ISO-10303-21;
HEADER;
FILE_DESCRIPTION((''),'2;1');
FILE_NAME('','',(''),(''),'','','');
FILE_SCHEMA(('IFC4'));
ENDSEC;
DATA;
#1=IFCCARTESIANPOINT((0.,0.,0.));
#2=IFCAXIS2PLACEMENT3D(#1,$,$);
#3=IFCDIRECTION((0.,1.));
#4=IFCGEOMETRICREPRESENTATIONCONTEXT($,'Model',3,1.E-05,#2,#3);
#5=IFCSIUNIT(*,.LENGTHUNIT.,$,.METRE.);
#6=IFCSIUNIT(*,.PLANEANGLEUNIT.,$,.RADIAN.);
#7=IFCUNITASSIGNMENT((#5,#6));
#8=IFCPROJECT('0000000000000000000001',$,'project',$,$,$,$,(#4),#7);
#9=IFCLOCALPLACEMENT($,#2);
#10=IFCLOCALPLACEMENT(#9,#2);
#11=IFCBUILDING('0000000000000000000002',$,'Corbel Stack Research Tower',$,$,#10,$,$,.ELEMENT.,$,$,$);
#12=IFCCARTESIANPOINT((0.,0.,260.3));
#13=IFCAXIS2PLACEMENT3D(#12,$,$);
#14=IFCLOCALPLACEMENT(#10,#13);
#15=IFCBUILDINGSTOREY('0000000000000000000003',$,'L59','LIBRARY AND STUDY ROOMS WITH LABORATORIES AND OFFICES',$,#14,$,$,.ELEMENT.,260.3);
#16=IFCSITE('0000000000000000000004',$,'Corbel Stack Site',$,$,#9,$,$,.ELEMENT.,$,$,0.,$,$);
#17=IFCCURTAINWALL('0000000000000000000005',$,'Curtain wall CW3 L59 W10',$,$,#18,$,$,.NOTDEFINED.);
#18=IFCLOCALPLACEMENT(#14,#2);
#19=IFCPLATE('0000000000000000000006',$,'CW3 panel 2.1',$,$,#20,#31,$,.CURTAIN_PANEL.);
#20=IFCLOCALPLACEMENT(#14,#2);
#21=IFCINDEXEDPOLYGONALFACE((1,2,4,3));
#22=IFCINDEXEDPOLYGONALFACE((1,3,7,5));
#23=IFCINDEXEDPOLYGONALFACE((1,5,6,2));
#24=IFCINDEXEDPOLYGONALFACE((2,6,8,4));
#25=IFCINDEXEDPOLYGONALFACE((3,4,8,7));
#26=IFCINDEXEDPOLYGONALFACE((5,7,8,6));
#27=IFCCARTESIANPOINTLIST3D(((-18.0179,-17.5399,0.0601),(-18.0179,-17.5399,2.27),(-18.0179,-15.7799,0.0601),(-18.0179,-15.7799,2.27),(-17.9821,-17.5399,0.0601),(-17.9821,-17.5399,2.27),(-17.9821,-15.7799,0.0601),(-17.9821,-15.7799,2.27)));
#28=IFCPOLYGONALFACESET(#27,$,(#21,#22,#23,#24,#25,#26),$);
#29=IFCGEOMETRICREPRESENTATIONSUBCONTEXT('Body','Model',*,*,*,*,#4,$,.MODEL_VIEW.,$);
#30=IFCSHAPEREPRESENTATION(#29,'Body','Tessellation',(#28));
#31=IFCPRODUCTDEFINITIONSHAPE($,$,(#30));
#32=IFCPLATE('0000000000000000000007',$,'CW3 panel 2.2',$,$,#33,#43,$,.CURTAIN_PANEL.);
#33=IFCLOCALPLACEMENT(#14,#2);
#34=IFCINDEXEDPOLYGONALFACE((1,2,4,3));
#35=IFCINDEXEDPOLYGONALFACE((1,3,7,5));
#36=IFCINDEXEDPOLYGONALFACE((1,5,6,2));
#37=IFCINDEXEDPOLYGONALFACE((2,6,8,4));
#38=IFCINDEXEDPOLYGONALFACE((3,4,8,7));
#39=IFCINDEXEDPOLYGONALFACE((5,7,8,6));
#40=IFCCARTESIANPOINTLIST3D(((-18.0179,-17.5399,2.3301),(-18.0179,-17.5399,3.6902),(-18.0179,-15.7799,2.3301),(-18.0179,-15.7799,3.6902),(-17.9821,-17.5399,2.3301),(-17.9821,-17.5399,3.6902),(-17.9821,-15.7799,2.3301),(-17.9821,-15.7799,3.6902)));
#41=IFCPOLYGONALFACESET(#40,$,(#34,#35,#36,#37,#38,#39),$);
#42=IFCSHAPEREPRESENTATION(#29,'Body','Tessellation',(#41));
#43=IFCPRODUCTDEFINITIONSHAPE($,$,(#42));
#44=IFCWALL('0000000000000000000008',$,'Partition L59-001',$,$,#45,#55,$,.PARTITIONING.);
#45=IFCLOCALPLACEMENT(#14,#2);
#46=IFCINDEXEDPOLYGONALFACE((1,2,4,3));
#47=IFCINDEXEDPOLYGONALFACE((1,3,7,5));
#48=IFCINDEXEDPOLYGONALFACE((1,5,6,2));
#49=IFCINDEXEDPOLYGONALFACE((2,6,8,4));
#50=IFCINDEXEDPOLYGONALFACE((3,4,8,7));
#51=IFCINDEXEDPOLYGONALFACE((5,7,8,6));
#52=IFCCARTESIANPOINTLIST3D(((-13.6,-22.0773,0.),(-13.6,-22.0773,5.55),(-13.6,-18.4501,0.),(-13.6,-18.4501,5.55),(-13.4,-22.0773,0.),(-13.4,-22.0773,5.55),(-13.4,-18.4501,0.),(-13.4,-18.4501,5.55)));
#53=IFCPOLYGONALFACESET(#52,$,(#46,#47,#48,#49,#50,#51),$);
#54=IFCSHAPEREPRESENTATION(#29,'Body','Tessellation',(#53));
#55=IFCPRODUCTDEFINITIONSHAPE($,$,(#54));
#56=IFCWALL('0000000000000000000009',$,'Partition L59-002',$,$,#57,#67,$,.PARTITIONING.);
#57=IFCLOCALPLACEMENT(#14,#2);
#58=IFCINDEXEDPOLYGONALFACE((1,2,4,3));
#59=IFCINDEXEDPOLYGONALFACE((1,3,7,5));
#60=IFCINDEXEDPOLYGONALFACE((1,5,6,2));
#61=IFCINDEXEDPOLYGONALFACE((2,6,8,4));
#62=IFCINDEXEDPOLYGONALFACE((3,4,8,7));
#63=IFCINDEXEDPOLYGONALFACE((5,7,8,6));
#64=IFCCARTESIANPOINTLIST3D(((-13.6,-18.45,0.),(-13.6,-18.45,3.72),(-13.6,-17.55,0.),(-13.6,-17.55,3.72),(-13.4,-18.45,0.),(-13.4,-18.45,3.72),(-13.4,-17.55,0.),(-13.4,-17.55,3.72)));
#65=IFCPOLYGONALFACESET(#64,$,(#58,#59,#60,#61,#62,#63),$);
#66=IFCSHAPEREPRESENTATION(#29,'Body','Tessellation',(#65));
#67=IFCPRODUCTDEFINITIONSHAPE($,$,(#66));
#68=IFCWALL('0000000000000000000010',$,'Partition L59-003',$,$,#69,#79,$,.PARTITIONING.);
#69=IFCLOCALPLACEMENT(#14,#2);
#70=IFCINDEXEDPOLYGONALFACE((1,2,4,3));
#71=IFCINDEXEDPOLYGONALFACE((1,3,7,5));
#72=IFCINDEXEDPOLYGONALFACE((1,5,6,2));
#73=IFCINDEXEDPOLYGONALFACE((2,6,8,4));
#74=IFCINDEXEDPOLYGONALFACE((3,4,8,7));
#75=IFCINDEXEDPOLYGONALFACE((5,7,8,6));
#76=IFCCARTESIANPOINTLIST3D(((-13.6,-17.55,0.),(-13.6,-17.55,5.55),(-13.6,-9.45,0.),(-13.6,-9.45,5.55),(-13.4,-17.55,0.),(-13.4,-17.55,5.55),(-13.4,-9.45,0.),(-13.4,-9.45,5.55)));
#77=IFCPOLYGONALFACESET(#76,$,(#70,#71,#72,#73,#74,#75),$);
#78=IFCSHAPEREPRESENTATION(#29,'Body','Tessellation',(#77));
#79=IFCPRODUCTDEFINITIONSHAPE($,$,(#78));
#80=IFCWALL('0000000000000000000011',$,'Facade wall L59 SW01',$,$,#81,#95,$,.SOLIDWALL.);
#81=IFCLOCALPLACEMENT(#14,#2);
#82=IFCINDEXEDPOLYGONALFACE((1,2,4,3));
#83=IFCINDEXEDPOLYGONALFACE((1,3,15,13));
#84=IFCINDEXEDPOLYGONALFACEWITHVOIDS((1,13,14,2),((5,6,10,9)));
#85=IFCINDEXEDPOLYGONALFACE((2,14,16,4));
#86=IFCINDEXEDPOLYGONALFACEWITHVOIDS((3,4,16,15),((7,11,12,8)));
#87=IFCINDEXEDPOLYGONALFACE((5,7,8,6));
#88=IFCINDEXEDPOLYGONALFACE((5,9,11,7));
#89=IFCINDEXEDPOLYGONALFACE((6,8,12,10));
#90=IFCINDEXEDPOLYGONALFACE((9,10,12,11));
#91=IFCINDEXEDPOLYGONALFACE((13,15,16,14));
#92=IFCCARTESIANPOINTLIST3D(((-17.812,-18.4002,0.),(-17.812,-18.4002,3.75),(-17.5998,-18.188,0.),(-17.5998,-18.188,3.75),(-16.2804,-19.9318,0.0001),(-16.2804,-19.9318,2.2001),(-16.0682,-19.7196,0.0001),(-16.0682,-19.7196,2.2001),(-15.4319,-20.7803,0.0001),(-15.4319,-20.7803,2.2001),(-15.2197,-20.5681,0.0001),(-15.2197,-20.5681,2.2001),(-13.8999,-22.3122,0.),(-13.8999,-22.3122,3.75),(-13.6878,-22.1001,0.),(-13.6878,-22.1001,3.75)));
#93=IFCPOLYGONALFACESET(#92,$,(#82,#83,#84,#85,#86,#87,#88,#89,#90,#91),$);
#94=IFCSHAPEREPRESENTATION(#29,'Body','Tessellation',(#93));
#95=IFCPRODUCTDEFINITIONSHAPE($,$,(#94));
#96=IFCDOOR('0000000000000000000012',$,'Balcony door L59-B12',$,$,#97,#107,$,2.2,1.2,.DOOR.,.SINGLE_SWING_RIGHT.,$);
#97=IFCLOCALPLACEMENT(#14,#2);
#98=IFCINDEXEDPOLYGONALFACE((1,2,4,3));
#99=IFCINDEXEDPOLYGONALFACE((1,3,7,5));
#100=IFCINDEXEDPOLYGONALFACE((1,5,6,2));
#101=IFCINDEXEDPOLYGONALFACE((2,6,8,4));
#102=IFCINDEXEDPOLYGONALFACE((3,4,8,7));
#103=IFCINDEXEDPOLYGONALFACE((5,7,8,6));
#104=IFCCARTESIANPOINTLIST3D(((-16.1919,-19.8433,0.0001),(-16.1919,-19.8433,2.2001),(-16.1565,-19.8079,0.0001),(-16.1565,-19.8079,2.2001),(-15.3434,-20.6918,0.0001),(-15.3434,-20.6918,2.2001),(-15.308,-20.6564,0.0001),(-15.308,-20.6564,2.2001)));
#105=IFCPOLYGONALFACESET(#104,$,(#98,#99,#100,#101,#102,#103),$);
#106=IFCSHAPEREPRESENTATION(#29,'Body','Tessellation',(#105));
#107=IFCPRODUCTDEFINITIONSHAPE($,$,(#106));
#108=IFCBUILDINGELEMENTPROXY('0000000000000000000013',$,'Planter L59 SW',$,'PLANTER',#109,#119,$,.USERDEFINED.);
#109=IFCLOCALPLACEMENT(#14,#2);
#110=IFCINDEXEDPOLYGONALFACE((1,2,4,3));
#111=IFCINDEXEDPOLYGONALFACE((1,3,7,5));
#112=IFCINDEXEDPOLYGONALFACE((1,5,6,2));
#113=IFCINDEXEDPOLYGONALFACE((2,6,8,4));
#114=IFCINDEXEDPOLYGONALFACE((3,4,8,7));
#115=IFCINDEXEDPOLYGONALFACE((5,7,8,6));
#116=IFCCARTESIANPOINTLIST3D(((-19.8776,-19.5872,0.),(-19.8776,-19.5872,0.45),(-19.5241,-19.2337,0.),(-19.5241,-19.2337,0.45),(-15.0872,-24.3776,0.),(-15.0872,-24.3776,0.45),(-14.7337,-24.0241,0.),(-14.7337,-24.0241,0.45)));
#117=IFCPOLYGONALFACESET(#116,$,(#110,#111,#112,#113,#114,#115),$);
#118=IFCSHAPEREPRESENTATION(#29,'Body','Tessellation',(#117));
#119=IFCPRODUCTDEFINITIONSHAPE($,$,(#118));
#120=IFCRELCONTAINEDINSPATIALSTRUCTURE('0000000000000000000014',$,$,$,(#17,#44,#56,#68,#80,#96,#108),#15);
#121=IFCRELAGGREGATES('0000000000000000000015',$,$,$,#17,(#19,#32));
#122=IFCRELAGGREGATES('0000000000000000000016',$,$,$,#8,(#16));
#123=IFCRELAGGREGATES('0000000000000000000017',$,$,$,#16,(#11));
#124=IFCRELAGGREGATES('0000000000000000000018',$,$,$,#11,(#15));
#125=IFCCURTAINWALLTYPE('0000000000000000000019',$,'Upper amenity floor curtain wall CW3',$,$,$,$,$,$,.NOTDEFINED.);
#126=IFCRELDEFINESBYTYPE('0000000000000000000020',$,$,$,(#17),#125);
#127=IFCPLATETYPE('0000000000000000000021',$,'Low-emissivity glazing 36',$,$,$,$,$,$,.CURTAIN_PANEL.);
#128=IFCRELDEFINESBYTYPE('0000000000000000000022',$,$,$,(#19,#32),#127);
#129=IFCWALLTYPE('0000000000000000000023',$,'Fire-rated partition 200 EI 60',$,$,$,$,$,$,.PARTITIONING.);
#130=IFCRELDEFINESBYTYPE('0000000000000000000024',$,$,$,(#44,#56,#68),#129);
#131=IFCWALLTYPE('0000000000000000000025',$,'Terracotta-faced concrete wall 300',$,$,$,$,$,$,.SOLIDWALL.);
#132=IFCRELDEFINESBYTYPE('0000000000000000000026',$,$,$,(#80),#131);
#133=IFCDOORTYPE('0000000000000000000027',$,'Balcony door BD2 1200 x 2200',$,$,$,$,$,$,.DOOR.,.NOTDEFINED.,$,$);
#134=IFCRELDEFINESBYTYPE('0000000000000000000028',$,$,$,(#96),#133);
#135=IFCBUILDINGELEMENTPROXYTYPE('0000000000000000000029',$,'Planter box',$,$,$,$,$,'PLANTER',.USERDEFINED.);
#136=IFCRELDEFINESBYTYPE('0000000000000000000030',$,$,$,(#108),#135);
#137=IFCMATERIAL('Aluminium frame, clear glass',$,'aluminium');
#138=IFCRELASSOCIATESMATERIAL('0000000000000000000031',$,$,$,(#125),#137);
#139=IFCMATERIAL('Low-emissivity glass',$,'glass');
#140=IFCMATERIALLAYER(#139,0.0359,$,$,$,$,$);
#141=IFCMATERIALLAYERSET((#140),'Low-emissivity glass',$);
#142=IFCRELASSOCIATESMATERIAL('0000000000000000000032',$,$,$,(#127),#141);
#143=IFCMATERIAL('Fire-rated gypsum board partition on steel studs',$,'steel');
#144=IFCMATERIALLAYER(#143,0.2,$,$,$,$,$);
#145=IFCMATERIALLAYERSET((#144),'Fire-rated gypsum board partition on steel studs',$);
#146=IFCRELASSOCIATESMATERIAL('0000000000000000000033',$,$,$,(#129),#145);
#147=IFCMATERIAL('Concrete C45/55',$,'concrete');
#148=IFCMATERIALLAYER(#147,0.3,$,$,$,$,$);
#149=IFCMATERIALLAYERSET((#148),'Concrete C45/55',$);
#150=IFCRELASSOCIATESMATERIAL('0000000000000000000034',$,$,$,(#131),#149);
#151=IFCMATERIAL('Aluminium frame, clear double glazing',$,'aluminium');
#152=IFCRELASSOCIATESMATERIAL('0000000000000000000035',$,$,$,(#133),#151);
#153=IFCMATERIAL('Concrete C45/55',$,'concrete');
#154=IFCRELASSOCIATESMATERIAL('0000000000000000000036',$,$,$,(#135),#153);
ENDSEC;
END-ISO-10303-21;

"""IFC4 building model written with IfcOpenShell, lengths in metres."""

from ifc_helpers import new_model, si_unit, direction, frame, frame_2d, origin, origin_2d, place, context, subcontext, project, spatial, rectangle, extrude, material, layer, layer_set, type_object, element, fill, aggregate, save


model = new_model("IFC4")

# Units and contexts
model_context = context("Model", 3, precision=1e-05, world=origin(), true_north=direction((0.0, 1.0)))
body_context = subcontext(model_context, "Body", "Model", "MODEL_VIEW")
ifc_project = project(units=[si_unit("LENGTHUNIT", "METRE"), si_unit("PLANEANGLEUNIT", "RADIAN")], contexts=[model_context])

# Site, building, storey
site_placement = place(None, origin())
site = spatial("IfcSite", under=ifc_project, at=site_placement, Name="Corbel Stack Site", CompositionType="ELEMENT", RefElevation=0.0)
building_placement = place(site_placement, origin())
building = spatial("IfcBuilding", under=site, at=building_placement, Name="Corbel Stack Research Tower", CompositionType="ELEMENT")
storey_placement = place(building_placement, frame((0.0, 0.0, 260.3)))
storey = spatial("IfcBuildingStorey", under=building, at=storey_placement, Name="L59", Description="LIBRARY AND STUDY ROOMS WITH LABORATORIES AND OFFICES", CompositionType="ELEMENT", Elevation=260.3)

# Curtain wall
ifc_material_1 = material(Name="Aluminium frame, clear glass", Category="aluminium")
curtain_wall_type = type_object("IfcCurtainWallType", Name="Upper amenity floor curtain wall CW3", PredefinedType="NOTDEFINED", material=ifc_material_1)
curtain_wall_placement = place(storey_placement, origin())
curtain_wall = element("IfcCurtainWall", 1, at=curtain_wall_placement, inside=storey, type_object=curtain_wall_type, Name="Curtain wall CW3 L59 W10", PredefinedType="NOTDEFINED")

# Plates
ifc_material_2 = material(Name="Low-emissivity glass", Category="glass")
ifc_layer_1 = layer(ifc_material_2, 0.0359)
ifc_layer_set_1 = layer_set([ifc_layer_1], Name="Low-emissivity glass")
plate_type = type_object("IfcPlateType", Name="Low-emissivity glazing 36", PredefinedType="CURTAIN_PANEL", material=ifc_layer_set_1)
plate_1_placement = place(storey_placement, frame((-18.0, -16.6599, 0.0601), z_axis=(0.0, 0.0, 1.0), x_axis=(0.0, -1.0, 0.0)))
plate_1 = element("IfcPlate", 2, at=plate_1_placement, type_object=plate_type, Name="CW3 panel 2.1", PredefinedType="CURTAIN_PANEL", context=body_context, shape_type="SweptSolid", body=[
    extrude(rectangle(XDim=1.76, YDim=0.0359, at=origin_2d()), origin(), (0.0, 0.0, 1.0), 2.21),
])
plate_2_placement = place(storey_placement, frame((-18.0, -16.6599, 2.3301), z_axis=(0.0, 0.0, 1.0), x_axis=(0.0, -1.0, 0.0)))
plate_2 = element("IfcPlate", 3, at=plate_2_placement, type_object=plate_type, Name="CW3 panel 2.2", PredefinedType="CURTAIN_PANEL", context=body_context, shape_type="SweptSolid", body=[
    extrude(rectangle(XDim=1.76, YDim=0.0359, at=origin_2d()), origin(), (0.0, 0.0, 1.0), 1.3601),
])
aggregate(curtain_wall, [plate_1, plate_2])

# Walls
ifc_material_3 = material(Name="Fire-rated gypsum board partition on steel studs", Category="steel")
ifc_layer_2 = layer(ifc_material_3, 0.2)
ifc_layer_set_2 = layer_set([ifc_layer_2], Name="Fire-rated gypsum board partition on steel studs")
wall_type_1 = type_object("IfcWallType", Name="Fire-rated partition 200 EI 60", PredefinedType="PARTITIONING", material=ifc_layer_set_2)
wall_1_placement = place(storey_placement, frame((-13.5, -22.0771, 0.0), z_axis=(0.0, 0.0, 1.0), x_axis=(0.0, 1.0, 0.0)))
element("IfcWall", 4, at=wall_1_placement, inside=storey, type_object=wall_type_1, Name="Partition L59-001", PredefinedType="PARTITIONING", context=body_context, shape_type="SweptSolid", body=[
    extrude(rectangle(XDim=3.6272, YDim=0.2, at=frame_2d((1.8135, 0.0))), origin(), (0.0, 0.0, 1.0), 5.55),
])
wall_2_placement = place(storey_placement, frame((-13.5, -18.45, 0.0), z_axis=(0.0, 0.0, 1.0), x_axis=(0.0, 1.0, 0.0)))
element("IfcWall", 5, at=wall_2_placement, inside=storey, type_object=wall_type_1, Name="Partition L59-002", PredefinedType="PARTITIONING", context=body_context, shape_type="SweptSolid", body=[
    extrude(rectangle(XDim=0.8999, YDim=0.2, at=frame_2d((0.45, 0.0))), origin(), (0.0, 0.0, 1.0), 3.72),
])
wall_3_placement = place(storey_placement, frame((-13.5, -17.55, 0.0), z_axis=(0.0, 0.0, 1.0), x_axis=(0.0, 1.0, 0.0)))
element("IfcWall", 6, at=wall_3_placement, inside=storey, type_object=wall_type_1, Name="Partition L59-003", PredefinedType="PARTITIONING", context=body_context, shape_type="SweptSolid", body=[
    extrude(rectangle(XDim=8.1001, YDim=0.2, at=frame_2d((4.05, 0.0))), origin(), (0.0, 0.0, 1.0), 5.55),
])

# Wall, opening, door
ifc_material_4 = material(Name="Concrete C45/55", Category="concrete")
ifc_layer_3 = layer(ifc_material_4, 0.3)
ifc_layer_set_3 = layer_set([ifc_layer_3], Name="Concrete C45/55")
wall_type_2 = type_object("IfcWallType", Name="Terracotta-faced concrete wall 300", PredefinedType="SOLIDWALL", material=ifc_layer_set_3)
wall_4_placement = place(storey_placement, frame((-13.7939, -22.2061, 0.0), z_axis=(0.0, 0.0, 1.0), x_axis=(-0.707107, 0.707107, 0.0)))
wall_4 = element("IfcWall", 7, at=wall_4_placement, inside=storey, type_object=wall_type_2, Name="Facade wall L59 SW01", PredefinedType="SOLIDWALL", context=body_context, shape_type="SweptSolid", body=[
    extrude(rectangle(XDim=5.5325, YDim=0.3, at=frame_2d((2.7661, 0.0))), origin(), (0.0, 0.0, 1.0), 3.75),
])
opening_placement = place(wall_4_placement, frame((2.1663, 0.0, 0.0)))
opening = element("IfcOpeningElement", 8, at=opening_placement, cuts=wall_4, PredefinedType="OPENING", context=body_context, shape_type="SweptSolid", body=[
    extrude(rectangle(XDim=1.2, YDim=2.2, at=frame_2d((0.6001, 1.1001))), frame((0.0, 0.1599, 0.0), z_axis=(0.0, -1.0, 0.0), x_axis=(1.0, 0.0, 0.0)), (0.0, 0.0, 1.0), 0.3201),
])
ifc_material_5 = material(Name="Aluminium frame, clear double glazing", Category="aluminium")
door_type = type_object("IfcDoorType", Name="Balcony door BD2 1200 x 2200", OperationType="NOTDEFINED", PredefinedType="DOOR", material=ifc_material_5)
door_placement = place(opening_placement, origin())
door = element("IfcDoor", 9, at=door_placement, inside=storey, type_object=door_type, Name="Balcony door L59-B12", OperationType="SINGLE_SWING_RIGHT", OverallHeight=2.2, OverallWidth=1.2, PredefinedType="DOOR", context=body_context, shape_type="SweptSolid", body=[
    extrude(rectangle(XDim=1.2, YDim=2.2, at=frame_2d((0.6001, 1.1001))), frame((0.0, 0.0249, 0.0), z_axis=(0.0, -1.0, 0.0), x_axis=(1.0, 0.0, 0.0)), (0.0, 0.0, 1.0), 0.05),
])
fill(opening, door)

# Building element proxy
ifc_material_6 = material(Name="Concrete C45/55", Category="concrete")
building_element_proxy_type = type_object("IfcBuildingElementProxyType", Name="Planter box", ElementType="PLANTER", PredefinedType="USERDEFINED", material=ifc_material_6)
proxy_placement = place(storey_placement, frame((-17.3057, -21.8057, 0.0), z_axis=(0.0, 0.0, 1.0), x_axis=(0.707107, -0.707107, 0.0)))
element("IfcBuildingElementProxy", 10, at=proxy_placement, inside=storey, type_object=building_element_proxy_type, Name="Planter L59 SW", ObjectType="PLANTER", PredefinedType="USERDEFINED", context=body_context, shape_type="SweptSolid", body=[
    extrude(rectangle(XDim=6.7747, YDim=0.5, at=origin_2d()), origin(), (0.0, 0.0, 1.0), 0.45),
])

save(model, "model.ifc")
